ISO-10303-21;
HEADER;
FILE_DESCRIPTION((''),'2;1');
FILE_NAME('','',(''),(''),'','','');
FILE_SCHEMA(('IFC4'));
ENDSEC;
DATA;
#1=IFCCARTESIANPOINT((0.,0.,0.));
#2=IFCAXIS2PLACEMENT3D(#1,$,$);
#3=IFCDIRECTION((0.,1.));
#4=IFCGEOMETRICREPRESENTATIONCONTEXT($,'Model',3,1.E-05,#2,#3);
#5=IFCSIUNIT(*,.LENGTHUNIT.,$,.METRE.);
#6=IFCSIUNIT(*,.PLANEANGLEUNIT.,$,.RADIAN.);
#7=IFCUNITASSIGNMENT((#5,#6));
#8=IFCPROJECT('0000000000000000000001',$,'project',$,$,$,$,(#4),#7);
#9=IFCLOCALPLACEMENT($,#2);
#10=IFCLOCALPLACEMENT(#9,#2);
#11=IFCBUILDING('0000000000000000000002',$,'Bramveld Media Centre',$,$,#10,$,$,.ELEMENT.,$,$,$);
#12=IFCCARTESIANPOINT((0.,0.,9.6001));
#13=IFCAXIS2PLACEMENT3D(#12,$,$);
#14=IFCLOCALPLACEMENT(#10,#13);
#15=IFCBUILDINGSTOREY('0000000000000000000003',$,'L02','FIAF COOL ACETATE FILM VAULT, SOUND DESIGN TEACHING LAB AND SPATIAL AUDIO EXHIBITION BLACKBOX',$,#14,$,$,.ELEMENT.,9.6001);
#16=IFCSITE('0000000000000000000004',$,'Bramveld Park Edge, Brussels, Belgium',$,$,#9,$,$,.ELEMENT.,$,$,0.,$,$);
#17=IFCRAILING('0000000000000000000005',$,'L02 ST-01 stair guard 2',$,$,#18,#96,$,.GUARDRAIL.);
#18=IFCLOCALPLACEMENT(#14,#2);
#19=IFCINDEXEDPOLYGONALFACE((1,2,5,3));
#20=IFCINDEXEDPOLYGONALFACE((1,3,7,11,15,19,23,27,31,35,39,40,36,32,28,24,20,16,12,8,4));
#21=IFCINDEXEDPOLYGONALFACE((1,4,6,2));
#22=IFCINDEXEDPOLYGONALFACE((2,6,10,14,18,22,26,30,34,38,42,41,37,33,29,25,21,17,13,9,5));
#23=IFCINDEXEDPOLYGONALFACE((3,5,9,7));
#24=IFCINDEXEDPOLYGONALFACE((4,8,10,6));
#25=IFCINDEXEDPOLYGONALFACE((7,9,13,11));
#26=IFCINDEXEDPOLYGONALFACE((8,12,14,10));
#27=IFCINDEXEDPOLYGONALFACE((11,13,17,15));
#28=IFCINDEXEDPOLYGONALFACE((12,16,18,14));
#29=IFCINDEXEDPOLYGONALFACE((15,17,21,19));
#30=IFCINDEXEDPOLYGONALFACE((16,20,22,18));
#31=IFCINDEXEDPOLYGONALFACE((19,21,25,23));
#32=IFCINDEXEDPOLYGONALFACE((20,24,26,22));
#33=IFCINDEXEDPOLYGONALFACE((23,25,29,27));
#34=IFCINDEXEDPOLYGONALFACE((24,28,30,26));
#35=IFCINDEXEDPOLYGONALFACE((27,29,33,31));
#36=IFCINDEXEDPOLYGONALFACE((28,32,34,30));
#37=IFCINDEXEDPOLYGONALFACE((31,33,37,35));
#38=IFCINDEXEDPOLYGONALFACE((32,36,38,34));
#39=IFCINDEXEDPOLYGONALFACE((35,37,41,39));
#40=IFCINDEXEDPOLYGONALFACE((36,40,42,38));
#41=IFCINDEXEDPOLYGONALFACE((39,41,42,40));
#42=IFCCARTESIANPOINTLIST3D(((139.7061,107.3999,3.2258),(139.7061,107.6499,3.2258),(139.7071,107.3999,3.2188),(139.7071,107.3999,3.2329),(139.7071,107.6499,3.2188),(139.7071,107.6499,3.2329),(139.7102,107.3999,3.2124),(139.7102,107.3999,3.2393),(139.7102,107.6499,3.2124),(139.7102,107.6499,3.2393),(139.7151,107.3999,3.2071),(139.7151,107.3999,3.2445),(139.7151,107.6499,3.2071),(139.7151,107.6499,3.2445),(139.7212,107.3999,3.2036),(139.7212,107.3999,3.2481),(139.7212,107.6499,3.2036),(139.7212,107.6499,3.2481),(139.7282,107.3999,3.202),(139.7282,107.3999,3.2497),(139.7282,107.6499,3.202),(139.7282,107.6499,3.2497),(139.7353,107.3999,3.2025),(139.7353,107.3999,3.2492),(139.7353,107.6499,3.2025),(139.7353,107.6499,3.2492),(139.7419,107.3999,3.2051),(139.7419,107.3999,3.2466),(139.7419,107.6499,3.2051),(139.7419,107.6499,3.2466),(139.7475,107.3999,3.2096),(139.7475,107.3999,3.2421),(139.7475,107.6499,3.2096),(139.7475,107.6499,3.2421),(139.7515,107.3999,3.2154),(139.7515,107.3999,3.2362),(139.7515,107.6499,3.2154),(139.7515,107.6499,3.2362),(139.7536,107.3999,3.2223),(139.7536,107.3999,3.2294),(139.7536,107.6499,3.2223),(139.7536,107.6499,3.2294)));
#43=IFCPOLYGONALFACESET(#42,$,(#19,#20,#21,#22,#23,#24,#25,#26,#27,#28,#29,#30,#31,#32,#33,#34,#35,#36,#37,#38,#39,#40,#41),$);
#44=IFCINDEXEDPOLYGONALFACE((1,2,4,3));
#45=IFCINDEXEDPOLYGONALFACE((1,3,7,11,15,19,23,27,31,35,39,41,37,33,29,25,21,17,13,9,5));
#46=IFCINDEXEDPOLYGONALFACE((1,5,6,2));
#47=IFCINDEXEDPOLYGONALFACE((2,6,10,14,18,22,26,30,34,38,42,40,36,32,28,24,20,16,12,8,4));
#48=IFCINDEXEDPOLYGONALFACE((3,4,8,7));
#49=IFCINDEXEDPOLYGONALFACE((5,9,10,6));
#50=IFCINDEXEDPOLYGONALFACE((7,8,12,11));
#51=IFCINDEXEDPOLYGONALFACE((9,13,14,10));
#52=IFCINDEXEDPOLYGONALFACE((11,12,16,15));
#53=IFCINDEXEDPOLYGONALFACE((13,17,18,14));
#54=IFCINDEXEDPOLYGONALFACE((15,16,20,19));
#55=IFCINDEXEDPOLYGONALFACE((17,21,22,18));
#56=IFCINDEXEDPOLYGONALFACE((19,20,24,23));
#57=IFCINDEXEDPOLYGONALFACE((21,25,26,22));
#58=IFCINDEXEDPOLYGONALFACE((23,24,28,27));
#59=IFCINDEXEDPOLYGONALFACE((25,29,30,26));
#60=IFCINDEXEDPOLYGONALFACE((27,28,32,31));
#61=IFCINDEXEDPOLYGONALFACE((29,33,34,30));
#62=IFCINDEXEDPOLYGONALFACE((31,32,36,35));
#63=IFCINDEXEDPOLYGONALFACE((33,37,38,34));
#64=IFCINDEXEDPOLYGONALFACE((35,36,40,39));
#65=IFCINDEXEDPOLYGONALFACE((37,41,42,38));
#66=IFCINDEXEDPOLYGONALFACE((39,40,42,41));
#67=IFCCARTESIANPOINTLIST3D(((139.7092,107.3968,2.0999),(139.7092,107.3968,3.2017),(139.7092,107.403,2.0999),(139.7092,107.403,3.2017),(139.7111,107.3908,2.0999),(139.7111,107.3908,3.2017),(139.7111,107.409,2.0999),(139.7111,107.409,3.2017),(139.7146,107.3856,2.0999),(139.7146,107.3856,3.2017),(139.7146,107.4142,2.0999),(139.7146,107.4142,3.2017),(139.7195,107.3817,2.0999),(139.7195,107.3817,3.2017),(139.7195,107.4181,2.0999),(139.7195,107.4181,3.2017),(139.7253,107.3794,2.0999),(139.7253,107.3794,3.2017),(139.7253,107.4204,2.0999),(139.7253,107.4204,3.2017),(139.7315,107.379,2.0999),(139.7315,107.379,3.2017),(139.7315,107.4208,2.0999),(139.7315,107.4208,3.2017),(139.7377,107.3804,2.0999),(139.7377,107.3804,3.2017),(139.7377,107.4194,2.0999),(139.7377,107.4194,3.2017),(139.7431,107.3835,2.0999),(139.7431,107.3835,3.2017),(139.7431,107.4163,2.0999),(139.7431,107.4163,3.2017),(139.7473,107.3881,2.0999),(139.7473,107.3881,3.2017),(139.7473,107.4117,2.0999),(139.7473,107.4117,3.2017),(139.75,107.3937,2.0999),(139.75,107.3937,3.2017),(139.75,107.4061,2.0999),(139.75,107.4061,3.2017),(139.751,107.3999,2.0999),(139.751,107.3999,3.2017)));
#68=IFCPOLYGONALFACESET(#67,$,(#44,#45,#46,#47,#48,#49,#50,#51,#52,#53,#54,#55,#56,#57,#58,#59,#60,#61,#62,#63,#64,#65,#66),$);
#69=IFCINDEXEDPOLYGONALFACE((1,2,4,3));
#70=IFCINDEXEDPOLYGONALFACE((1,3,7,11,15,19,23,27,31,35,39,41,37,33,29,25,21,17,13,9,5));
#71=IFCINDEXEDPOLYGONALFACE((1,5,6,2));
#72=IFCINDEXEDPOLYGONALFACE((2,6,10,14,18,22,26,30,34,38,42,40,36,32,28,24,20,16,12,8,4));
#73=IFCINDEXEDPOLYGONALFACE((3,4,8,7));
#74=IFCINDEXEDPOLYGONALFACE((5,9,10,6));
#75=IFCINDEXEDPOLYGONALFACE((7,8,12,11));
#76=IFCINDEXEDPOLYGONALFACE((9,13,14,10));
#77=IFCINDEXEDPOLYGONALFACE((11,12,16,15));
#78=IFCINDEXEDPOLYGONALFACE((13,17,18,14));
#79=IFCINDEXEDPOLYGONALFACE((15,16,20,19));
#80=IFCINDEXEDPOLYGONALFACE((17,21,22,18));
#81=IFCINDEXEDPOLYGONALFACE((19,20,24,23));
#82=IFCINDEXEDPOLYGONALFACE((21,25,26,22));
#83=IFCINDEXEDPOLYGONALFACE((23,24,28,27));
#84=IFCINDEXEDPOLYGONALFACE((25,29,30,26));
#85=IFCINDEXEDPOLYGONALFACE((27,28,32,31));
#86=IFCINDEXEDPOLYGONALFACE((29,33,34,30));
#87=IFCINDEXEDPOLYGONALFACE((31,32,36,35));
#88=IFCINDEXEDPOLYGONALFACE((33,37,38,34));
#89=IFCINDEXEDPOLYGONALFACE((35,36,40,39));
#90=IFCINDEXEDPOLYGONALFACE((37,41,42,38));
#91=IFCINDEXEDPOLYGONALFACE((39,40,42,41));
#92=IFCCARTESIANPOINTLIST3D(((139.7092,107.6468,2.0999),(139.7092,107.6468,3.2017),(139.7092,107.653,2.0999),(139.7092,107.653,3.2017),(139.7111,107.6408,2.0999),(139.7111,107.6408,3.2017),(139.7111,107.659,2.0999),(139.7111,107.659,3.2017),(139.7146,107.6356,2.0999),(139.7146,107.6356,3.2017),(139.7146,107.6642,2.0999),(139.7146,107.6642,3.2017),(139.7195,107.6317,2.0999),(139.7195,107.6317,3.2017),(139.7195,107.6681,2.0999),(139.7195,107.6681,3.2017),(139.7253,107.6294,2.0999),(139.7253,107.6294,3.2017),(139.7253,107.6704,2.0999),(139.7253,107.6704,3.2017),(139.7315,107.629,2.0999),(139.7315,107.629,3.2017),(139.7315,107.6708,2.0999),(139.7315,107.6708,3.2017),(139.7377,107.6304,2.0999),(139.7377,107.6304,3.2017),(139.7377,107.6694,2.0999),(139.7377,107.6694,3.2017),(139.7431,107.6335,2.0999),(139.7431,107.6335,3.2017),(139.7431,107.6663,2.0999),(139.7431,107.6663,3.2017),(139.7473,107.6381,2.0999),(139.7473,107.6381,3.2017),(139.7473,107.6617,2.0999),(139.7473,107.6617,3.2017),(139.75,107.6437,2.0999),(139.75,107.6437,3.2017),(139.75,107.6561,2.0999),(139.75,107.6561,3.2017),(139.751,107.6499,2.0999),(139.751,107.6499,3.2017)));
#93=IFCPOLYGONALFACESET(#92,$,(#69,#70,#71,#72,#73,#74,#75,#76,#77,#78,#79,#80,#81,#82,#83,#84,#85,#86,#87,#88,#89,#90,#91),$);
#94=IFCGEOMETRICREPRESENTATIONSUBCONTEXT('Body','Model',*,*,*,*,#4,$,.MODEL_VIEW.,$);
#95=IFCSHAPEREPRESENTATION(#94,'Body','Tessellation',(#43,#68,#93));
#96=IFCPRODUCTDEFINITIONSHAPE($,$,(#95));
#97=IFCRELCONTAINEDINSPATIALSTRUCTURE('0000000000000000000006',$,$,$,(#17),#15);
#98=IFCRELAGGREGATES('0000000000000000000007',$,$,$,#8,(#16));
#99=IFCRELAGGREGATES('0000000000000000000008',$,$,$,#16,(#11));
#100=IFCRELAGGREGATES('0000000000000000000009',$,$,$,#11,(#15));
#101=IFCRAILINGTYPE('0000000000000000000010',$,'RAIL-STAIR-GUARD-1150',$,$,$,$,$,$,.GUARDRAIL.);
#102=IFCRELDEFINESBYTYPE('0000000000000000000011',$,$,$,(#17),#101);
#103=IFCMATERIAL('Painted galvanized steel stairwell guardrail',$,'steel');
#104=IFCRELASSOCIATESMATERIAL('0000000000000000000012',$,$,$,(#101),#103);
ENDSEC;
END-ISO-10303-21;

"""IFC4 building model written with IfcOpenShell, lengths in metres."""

from ifc_helpers import new_model, si_unit, direction, frame, origin, origin_2d, place, context, subcontext, project, spatial, circle, extrude, material, type_object, element, save


model = new_model("IFC4")

# Units and contexts
model_context = context("Model", 3, precision=1e-05, world=origin(), true_north=direction((0.0, 1.0)))
body_context = subcontext(model_context, "Body", "Model", "MODEL_VIEW")
ifc_project = project(units=[si_unit("LENGTHUNIT", "METRE"), si_unit("PLANEANGLEUNIT", "RADIAN")], contexts=[model_context])

# Site, building, storey
site_placement = place(None, origin())
site = spatial("IfcSite", under=ifc_project, at=site_placement, Name="Bramveld Park Edge, Brussels, Belgium", CompositionType="ELEMENT", RefElevation=0.0)
building_placement = place(site_placement, origin())
building = spatial("IfcBuilding", under=site, at=building_placement, Name="Bramveld Media Centre", CompositionType="ELEMENT")
storey_placement = place(building_placement, frame((0.0, 0.0, 9.6001)))
storey = spatial("IfcBuildingStorey", under=building, at=storey_placement, Name="L02", Description="FIAF COOL ACETATE FILM VAULT, SOUND DESIGN TEACHING LAB AND SPATIAL AUDIO EXHIBITION BLACKBOX", CompositionType="ELEMENT", Elevation=9.6001)

# Railing
ifc_material_1 = material(Name="Painted galvanized steel stairwell guardrail", Category="steel")
railing_type_1 = type_object("IfcRailingType", Name="RAIL-STAIR-GUARD-1150", PredefinedType="GUARDRAIL", material=ifc_material_1)
railing_1_placement = place(storey_placement, frame((139.73, 107.3999, 2.0999)))
element("IfcRailing", 1, at=railing_1_placement, inside=storey, type_object=railing_type_1, Name="L02 ST-01 stair guard 2", PredefinedType="GUARDRAIL", context=body_context, shape_type="SweptSolid", body=[
    extrude(circle(Radius=0.0239, at=origin_2d()), frame((0.0, 0.0, 1.126), z_axis=(0.0, 1.0, 0.0), x_axis=(-1.0, 0.0, 0.0)), (0.0, 0.0, 1.0), 0.25),
    extrude(circle(Radius=0.021, at=origin_2d()), origin(), (0.0, 0.0, 1.0), 1.1018),
    extrude(circle(Radius=0.021, at=origin_2d()), frame((0.0, 0.25, 0.0)), (0.0, 0.0, 1.0), 1.1018),
])

save(model, "model.ifc")
